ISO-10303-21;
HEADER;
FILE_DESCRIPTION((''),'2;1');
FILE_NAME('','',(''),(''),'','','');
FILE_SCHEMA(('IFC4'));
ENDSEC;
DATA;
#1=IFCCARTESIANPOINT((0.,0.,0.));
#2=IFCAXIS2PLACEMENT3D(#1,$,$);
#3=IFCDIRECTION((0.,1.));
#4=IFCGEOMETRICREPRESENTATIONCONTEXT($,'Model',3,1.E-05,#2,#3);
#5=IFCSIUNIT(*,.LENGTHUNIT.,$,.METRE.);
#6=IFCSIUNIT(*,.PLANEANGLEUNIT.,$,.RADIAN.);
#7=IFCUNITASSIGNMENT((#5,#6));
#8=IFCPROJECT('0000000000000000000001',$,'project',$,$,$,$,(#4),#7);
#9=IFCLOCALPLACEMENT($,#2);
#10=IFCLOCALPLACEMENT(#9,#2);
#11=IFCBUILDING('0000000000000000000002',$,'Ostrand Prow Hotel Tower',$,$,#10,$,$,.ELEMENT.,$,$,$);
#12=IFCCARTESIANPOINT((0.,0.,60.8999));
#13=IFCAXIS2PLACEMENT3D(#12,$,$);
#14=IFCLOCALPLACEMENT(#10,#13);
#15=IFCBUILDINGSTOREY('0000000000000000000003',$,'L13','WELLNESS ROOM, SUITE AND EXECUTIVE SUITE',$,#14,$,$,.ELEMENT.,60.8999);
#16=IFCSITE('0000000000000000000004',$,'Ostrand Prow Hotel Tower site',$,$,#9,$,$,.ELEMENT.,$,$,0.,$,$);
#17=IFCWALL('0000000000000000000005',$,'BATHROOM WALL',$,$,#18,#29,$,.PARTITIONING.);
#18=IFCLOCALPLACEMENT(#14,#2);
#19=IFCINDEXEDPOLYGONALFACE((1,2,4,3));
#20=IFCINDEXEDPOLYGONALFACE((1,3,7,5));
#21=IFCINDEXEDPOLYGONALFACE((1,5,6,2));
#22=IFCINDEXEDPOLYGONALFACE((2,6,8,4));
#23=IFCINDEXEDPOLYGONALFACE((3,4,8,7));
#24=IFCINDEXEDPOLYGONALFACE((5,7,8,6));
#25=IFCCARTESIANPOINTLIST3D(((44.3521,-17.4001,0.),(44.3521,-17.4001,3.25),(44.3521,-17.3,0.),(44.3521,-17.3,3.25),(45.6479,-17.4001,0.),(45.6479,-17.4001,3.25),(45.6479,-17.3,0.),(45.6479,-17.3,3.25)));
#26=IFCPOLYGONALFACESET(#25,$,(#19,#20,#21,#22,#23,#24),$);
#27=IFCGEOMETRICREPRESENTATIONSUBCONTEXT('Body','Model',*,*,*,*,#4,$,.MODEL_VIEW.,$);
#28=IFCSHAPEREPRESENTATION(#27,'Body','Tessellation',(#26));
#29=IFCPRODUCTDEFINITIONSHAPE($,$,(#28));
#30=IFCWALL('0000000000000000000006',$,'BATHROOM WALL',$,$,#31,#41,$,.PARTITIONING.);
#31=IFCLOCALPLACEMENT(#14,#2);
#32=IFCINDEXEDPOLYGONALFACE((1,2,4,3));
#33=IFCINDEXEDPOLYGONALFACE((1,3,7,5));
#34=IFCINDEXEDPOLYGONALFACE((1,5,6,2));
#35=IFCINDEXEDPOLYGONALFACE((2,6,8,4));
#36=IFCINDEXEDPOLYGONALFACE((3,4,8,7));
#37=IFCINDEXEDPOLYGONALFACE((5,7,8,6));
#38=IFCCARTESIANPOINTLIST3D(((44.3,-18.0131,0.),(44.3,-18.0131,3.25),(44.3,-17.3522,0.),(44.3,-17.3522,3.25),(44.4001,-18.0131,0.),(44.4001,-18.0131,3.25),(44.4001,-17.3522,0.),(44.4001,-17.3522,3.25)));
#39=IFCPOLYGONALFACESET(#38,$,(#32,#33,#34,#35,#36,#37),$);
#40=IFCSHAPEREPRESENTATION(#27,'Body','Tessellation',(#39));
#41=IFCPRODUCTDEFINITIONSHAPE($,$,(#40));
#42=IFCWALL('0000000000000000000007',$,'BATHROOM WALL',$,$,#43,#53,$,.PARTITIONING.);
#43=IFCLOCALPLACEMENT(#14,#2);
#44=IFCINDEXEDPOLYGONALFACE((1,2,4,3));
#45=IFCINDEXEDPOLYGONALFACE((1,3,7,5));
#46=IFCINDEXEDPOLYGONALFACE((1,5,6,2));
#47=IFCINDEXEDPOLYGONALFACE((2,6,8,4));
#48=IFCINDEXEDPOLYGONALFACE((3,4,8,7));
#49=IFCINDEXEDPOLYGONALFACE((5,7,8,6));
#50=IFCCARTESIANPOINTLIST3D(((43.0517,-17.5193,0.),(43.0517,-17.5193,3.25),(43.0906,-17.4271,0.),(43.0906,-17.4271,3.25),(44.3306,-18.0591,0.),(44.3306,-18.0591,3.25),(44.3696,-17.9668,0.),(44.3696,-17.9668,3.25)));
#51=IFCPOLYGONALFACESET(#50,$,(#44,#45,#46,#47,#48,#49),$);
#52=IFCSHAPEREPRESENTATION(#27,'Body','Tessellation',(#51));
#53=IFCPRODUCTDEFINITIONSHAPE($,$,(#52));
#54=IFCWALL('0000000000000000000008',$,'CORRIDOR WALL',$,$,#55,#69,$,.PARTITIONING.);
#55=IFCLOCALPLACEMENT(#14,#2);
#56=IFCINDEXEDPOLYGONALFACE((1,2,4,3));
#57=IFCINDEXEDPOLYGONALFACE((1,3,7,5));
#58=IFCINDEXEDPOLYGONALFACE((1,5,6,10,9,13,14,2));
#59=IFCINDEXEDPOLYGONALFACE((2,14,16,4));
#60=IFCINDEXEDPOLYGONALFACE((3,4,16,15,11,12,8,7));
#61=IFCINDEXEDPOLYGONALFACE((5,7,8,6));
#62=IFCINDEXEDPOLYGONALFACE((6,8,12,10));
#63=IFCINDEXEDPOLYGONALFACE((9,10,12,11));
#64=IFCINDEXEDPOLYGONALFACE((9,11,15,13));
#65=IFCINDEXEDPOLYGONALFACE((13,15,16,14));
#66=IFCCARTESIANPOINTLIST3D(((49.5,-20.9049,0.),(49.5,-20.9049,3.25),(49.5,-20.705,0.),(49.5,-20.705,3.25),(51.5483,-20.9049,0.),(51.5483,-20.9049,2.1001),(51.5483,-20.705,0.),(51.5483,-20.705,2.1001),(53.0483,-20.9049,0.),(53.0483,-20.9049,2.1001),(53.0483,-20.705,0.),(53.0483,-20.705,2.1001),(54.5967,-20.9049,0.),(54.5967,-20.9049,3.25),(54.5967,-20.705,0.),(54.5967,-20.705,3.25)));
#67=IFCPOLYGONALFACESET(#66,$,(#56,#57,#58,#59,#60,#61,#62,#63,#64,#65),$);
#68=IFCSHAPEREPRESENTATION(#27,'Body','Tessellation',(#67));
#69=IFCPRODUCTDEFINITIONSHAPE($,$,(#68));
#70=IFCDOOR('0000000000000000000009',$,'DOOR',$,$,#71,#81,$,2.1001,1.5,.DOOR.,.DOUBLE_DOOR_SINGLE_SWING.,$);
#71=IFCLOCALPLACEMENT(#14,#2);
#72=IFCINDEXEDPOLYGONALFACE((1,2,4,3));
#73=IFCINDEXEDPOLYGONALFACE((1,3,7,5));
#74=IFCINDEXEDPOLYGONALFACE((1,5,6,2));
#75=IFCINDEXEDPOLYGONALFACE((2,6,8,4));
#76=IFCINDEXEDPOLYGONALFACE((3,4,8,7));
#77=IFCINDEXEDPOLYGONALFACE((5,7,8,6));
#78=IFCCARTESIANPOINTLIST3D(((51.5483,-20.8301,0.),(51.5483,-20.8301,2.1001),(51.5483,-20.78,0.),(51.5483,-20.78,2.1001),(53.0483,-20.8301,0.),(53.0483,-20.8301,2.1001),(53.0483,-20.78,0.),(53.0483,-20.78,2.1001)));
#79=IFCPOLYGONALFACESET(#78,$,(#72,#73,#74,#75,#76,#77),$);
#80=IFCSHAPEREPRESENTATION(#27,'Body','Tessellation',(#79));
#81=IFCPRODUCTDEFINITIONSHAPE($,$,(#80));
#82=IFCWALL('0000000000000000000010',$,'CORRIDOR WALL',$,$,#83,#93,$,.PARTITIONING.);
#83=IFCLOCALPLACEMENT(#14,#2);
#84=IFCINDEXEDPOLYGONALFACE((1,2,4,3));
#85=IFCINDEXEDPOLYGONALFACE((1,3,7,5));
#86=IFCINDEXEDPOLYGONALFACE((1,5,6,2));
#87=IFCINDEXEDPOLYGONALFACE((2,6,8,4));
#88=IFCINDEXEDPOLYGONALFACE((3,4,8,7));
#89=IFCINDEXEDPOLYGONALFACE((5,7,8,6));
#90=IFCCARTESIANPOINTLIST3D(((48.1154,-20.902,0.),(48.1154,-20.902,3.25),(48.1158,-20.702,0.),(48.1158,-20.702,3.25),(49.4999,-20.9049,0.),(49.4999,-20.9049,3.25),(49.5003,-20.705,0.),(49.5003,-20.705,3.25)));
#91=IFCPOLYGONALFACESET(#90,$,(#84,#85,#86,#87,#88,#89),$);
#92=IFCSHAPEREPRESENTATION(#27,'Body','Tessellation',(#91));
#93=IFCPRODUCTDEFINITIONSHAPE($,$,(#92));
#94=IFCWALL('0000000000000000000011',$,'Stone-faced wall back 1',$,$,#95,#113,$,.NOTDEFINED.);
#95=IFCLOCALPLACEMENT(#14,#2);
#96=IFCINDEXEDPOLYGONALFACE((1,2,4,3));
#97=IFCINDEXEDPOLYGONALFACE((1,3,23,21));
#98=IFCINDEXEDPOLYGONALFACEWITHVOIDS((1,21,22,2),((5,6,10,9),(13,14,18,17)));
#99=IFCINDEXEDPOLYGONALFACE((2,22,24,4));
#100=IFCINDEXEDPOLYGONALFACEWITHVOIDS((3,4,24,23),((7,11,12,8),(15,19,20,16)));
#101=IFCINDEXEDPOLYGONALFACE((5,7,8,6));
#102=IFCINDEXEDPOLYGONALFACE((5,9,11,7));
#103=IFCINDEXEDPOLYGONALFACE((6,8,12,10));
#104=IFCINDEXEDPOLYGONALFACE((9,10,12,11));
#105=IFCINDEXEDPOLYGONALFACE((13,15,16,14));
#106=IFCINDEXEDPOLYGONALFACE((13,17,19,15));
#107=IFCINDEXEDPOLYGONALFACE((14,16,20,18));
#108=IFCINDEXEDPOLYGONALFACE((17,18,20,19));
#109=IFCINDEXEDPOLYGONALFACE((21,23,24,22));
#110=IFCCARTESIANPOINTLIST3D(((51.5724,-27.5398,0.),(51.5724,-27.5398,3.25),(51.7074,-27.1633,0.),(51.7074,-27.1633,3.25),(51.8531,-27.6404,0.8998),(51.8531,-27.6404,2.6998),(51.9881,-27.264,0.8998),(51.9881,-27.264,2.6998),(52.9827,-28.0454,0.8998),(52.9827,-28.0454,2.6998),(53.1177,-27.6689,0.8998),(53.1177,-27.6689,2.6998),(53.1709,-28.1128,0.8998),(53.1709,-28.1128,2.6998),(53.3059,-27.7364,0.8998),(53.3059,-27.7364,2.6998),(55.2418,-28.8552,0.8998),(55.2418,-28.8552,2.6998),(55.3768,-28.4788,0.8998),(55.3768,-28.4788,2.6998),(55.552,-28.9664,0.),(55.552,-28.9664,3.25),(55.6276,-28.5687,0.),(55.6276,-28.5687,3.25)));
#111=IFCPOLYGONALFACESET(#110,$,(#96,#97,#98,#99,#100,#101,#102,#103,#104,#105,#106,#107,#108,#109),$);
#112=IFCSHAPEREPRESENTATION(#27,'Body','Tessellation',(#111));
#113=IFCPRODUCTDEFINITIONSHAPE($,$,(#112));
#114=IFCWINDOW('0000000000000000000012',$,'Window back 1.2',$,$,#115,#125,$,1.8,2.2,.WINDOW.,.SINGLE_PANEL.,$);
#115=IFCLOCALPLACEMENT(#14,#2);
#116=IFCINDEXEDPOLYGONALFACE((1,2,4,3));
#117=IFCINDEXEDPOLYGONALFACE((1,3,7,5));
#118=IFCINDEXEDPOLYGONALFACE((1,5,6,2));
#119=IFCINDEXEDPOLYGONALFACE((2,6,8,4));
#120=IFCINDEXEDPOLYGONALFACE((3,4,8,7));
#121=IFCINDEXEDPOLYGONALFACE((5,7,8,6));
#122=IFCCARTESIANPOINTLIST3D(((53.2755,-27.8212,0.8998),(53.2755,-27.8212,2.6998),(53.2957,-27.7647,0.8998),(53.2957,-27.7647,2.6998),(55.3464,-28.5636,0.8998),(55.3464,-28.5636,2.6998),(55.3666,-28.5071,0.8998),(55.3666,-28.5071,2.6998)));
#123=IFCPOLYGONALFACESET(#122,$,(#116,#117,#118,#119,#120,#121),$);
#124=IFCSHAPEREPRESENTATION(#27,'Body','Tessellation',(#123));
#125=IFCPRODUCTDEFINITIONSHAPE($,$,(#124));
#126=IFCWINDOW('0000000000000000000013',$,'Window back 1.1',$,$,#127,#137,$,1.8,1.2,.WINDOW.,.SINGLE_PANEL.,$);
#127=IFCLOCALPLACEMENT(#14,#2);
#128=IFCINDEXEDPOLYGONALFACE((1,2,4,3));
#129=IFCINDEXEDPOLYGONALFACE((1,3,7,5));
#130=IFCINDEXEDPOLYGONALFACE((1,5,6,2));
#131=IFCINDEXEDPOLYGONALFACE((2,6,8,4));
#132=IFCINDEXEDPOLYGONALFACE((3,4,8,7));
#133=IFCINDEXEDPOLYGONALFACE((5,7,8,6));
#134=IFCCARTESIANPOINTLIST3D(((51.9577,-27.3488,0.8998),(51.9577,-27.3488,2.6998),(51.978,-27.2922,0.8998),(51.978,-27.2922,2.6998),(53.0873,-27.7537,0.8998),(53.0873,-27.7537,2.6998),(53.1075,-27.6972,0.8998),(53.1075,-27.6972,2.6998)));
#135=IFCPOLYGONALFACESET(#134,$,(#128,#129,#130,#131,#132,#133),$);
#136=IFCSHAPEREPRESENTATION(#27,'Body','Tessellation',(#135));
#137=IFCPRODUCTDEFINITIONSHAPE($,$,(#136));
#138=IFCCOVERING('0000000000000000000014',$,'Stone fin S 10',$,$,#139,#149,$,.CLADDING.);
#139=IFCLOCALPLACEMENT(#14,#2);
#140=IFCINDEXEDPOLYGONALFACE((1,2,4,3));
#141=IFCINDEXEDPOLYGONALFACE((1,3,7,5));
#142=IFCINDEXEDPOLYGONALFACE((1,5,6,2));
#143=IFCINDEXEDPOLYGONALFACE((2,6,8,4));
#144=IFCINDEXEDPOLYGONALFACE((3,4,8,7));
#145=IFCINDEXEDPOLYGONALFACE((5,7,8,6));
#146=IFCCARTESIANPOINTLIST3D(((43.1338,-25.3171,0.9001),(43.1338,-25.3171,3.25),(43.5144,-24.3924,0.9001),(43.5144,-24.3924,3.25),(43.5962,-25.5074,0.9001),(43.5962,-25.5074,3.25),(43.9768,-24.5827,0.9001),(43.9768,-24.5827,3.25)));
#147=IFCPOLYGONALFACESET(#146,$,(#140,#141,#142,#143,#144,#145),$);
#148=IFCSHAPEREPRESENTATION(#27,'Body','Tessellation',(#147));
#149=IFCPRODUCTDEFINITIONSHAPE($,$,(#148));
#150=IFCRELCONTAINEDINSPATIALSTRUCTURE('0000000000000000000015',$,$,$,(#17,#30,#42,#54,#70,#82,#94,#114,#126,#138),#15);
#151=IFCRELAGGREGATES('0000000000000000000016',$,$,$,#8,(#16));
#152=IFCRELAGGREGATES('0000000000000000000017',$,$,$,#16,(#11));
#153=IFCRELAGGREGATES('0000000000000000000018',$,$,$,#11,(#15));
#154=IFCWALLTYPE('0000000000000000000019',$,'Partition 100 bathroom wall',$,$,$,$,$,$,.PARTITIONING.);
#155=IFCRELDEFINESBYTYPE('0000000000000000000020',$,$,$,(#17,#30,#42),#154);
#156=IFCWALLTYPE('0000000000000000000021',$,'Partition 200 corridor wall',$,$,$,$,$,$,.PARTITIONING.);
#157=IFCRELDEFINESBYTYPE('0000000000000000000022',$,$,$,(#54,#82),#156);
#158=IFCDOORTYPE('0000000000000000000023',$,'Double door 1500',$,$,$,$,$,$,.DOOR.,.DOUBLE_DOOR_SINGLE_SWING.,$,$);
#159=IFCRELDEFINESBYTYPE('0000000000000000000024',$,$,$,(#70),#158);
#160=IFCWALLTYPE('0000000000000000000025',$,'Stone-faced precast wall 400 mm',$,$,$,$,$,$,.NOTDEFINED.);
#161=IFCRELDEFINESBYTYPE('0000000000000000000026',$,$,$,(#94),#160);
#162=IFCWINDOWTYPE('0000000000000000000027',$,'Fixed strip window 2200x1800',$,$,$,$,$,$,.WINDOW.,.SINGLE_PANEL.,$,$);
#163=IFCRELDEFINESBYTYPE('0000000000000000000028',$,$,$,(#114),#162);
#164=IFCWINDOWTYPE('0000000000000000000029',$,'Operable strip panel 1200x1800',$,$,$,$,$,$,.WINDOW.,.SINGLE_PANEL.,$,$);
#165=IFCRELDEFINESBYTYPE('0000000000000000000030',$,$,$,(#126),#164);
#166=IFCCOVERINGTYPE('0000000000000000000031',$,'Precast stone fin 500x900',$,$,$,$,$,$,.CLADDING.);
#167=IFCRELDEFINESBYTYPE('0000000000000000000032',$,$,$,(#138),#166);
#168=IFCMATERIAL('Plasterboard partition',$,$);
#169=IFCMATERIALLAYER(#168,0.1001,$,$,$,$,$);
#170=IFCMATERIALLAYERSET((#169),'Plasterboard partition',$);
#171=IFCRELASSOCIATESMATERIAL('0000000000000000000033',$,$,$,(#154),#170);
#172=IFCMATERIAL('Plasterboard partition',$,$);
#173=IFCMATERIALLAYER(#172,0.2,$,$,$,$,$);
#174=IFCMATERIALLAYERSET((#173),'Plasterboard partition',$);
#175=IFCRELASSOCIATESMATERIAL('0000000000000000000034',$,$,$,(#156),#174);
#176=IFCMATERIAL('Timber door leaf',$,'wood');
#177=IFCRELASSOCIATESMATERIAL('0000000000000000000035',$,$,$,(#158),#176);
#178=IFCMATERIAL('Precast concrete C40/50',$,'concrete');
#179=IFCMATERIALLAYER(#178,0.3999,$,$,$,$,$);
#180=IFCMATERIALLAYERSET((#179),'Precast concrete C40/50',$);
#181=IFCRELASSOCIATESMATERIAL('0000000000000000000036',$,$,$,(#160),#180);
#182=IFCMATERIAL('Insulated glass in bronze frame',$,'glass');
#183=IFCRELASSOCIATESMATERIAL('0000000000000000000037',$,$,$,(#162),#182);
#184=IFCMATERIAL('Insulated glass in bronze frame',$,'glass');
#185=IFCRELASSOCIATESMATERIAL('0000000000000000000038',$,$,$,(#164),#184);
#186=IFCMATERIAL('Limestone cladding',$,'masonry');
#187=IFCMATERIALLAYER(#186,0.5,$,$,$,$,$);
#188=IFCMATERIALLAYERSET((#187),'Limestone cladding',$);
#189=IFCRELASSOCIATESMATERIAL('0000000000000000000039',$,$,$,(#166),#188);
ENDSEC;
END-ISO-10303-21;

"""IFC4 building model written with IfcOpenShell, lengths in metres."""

from ifc_helpers import new_model, si_unit, direction, frame, frame_2d, origin, place, context, subcontext, project, spatial, polyline, rectangle, outline, extrude, material, layer, layer_set, type_object, element, fill, save


model = new_model("IFC4")

# Units and contexts
model_context = context("Model", 3, precision=1e-05, world=origin(), true_north=direction((0.0, 1.0)))
body_context = subcontext(model_context, "Body", "Model", "MODEL_VIEW")
ifc_project = project(units=[si_unit("LENGTHUNIT", "METRE"), si_unit("PLANEANGLEUNIT", "RADIAN")], contexts=[model_context])

# Site, building, storey
site_placement = place(None, origin())
site = spatial("IfcSite", under=ifc_project, at=site_placement, Name="Ostrand Prow Hotel Tower site", CompositionType="ELEMENT", RefElevation=0.0)
building_placement = place(site_placement, origin())
building = spatial("IfcBuilding", under=site, at=building_placement, Name="Ostrand Prow Hotel Tower", CompositionType="ELEMENT")
storey_placement = place(building_placement, frame((0.0, 0.0, 60.8999)))
storey = spatial("IfcBuildingStorey", under=building, at=storey_placement, Name="L13", Description="WELLNESS ROOM, SUITE AND EXECUTIVE SUITE", CompositionType="ELEMENT", Elevation=60.8999)

# Walls
ifc_material_1 = material(Name="Plasterboard partition")
ifc_layer_1 = layer(ifc_material_1, 0.1001)
ifc_layer_set_1 = layer_set([ifc_layer_1], Name="Plasterboard partition")
wall_type_1 = type_object("IfcWallType", Name="Partition 100 bathroom wall", PredefinedType="PARTITIONING", material=ifc_layer_set_1)
wall_1_placement = place(storey_placement, frame((45.6479, -17.3501, 0.0), z_axis=(0.0, 0.0, 1.0), x_axis=(-1.0, 0.0, 0.0)))
element("IfcWall", 1, at=wall_1_placement, inside=storey, type_object=wall_type_1, Name="BATHROOM WALL", PredefinedType="PARTITIONING", context=body_context, shape_type="SweptSolid", body=[
    extrude(rectangle(XDim=1.2959, YDim=0.1001, at=frame_2d((0.6479, 0.0))), origin(), (0.0, 0.0, 1.0), 3.25),
])
wall_2_placement = place(storey_placement, frame((44.3501, -17.3521, 0.0), z_axis=(0.0, 0.0, 1.0), x_axis=(0.0, -1.0, 0.0)))
element("IfcWall", 2, at=wall_2_placement, inside=storey, type_object=wall_type_1, Name="BATHROOM WALL", PredefinedType="PARTITIONING", context=body_context, shape_type="SweptSolid", body=[
    extrude(rectangle(XDim=0.6609, YDim=0.1001, at=frame_2d((0.3306, 0.0))), origin(), (0.0, 0.0, 1.0), 3.25),
])
wall_3_placement = place(storey_placement, frame((44.3501, -18.0129, 0.0), z_axis=(0.0, 0.0, 1.0), x_axis=(-0.921314, 0.388819, 0.0)))
element("IfcWall", 3, at=wall_3_placement, inside=storey, type_object=wall_type_1, Name="BATHROOM WALL", PredefinedType="PARTITIONING", context=body_context, shape_type="SweptSolid", body=[
    extrude(rectangle(XDim=1.3882, YDim=0.1001, at=frame_2d((0.6941, 0.0))), origin(), (0.0, 0.0, 1.0), 3.25),
])

# Wall, opening, door
ifc_material_2 = material(Name="Plasterboard partition")
ifc_layer_2 = layer(ifc_material_2, 0.2)
ifc_layer_set_2 = layer_set([ifc_layer_2], Name="Plasterboard partition")
wall_type_2 = type_object("IfcWallType", Name="Partition 200 corridor wall", PredefinedType="PARTITIONING", material=ifc_layer_set_2)
wall_4_placement = place(storey_placement, frame((49.5, -20.8049, 0.0), z_axis=(0.0, 0.0, 1.0), x_axis=(1.0, 0.0, 0.0)))
wall_4 = element("IfcWall", 4, at=wall_4_placement, inside=storey, type_object=wall_type_2, Name="CORRIDOR WALL", PredefinedType="PARTITIONING", context=body_context, shape_type="SweptSolid", body=[
    extrude(rectangle(XDim=5.0967, YDim=0.2, at=frame_2d((2.5483, 0.0))), origin(), (0.0, 0.0, 1.0), 3.25),
])
opening_1_placement = place(wall_4_placement, frame((2.0483, 0.0, 0.0)))
opening_1 = element("IfcOpeningElement", 5, at=opening_1_placement, cuts=wall_4, PredefinedType="OPENING", context=body_context, shape_type="SweptSolid", body=[
    extrude(rectangle(XDim=1.5, YDim=2.1001, at=frame_2d((0.75, 1.05))), frame((0.0, 0.1099, 0.0), z_axis=(0.0, -1.0, 0.0), x_axis=(1.0, 0.0, 0.0)), (0.0, 0.0, 1.0), 0.22),
])
ifc_material_3 = material(Name="Timber door leaf", Category="wood")
door_type = type_object("IfcDoorType", Name="Double door 1500", OperationType="DOUBLE_DOOR_SINGLE_SWING", PredefinedType="DOOR", material=ifc_material_3)
door_placement = place(opening_1_placement, origin())
door = element("IfcDoor", 6, at=door_placement, inside=storey, type_object=door_type, Name="DOOR", OperationType="DOUBLE_DOOR_SINGLE_SWING", OverallHeight=2.1001, OverallWidth=1.5, PredefinedType="DOOR", context=body_context, shape_type="SweptSolid", body=[
    extrude(rectangle(XDim=1.5, YDim=2.1001, at=frame_2d((0.75, 1.05))), frame((0.0, 0.0249, 0.0), z_axis=(0.0, -1.0, 0.0), x_axis=(1.0, 0.0, 0.0)), (0.0, 0.0, 1.0), 0.05),
])
fill(opening_1, door)

# Wall
wall_5_placement = place(storey_placement, frame((48.1155, -20.802, 0.0), z_axis=(0.0, 0.0, 1.0), x_axis=(0.999998, -0.002116, 0.0)))
element("IfcWall", 7, at=wall_5_placement, inside=storey, type_object=wall_type_2, Name="CORRIDOR WALL", PredefinedType="PARTITIONING", context=body_context, shape_type="SweptSolid", body=[
    extrude(rectangle(XDim=1.3845, YDim=0.2, at=frame_2d((0.6924, 0.0))), origin(), (0.0, 0.0, 1.0), 3.25),
])

# Wall, openings, windows
ifc_material_4 = material(Name="Precast concrete C40/50", Category="concrete")
ifc_layer_3 = layer(ifc_material_4, 0.3999)
ifc_layer_set_3 = layer_set([ifc_layer_3], Name="Precast concrete C40/50")
wall_type_3 = type_object("IfcWallType", Name="Stone-faced precast wall 400 mm", PredefinedType="NOTDEFINED", material=ifc_layer_set_3)
wall_6_placement = place(storey_placement, frame((51.6399, -27.3516, 0.0), z_axis=(0.0, 0.0, 1.0), x_axis=(0.94134, -0.33746, 0.0)))
wall_6 = element("IfcWall", 8, at=wall_6_placement, inside=storey, type_object=wall_type_3, Name="Stone-faced wall back 1", PredefinedType="NOTDEFINED", context=body_context, shape_type="SweptSolid", body=[
    extrude(outline(polyline([(0.0, -0.2), (4.2275, -0.2), (4.1646, 0.2), (0.0, 0.2), (0.0, -0.2)])), origin(), (0.0, 0.0, 1.0), 3.25),
])
opening_2_placement = place(wall_6_placement, frame((0.2981, 0.0, 0.8999)))
opening_2 = element("IfcOpeningElement", 9, at=opening_2_placement, cuts=wall_6, PredefinedType="OPENING", context=body_context, shape_type="SweptSolid", body=[
    extrude(rectangle(XDim=1.2, YDim=1.8, at=frame_2d((0.6001, 0.8999))), frame((0.0, 0.21, 0.0), z_axis=(0.0, -1.0, 0.0), x_axis=(1.0, 0.0, 0.0)), (0.0, 0.0, 1.0), 0.4199),
])
opening_3_placement = place(wall_6_placement, frame((1.698, 0.0, 0.8999)))
opening_3 = element("IfcOpeningElement", 10, at=opening_3_placement, cuts=wall_6, PredefinedType="OPENING", context=body_context, shape_type="SweptSolid", body=[
    extrude(rectangle(XDim=2.2, YDim=1.8, at=frame_2d((1.1001, 0.8999))), frame((0.0, 0.21, 0.0), z_axis=(0.0, -1.0, 0.0), x_axis=(1.0, 0.0, 0.0)), (0.0, 0.0, 1.0), 0.4199),
])
ifc_material_5 = material(Name="Insulated glass in bronze frame", Category="glass")
window_type_1 = type_object("IfcWindowType", Name="Fixed strip window 2200x1800", PartitioningType="SINGLE_PANEL", PredefinedType="WINDOW", material=ifc_material_5)
window_1_placement = place(opening_3_placement, origin())
window_1 = element("IfcWindow", 11, at=window_1_placement, inside=storey, type_object=window_type_1, Name="Window back 1.2", OverallHeight=1.8, OverallWidth=2.2, PartitioningType="SINGLE_PANEL", PredefinedType="WINDOW", context=body_context, shape_type="SweptSolid", body=[
    extrude(rectangle(XDim=2.2, YDim=1.8, at=frame_2d((1.1001, 0.8999))), frame((0.0, 0.1699, 0.0), z_axis=(0.0, -1.0, 0.0), x_axis=(1.0, 0.0, 0.0)), (0.0, 0.0, 1.0), 0.0601),
])
fill(opening_3, window_1)
ifc_material_6 = material(Name="Insulated glass in bronze frame", Category="glass")
window_type_2 = type_object("IfcWindowType", Name="Operable strip panel 1200x1800", PartitioningType="SINGLE_PANEL", PredefinedType="WINDOW", material=ifc_material_6)
window_2_placement = place(opening_2_placement, origin())
window_2 = element("IfcWindow", 12, at=window_2_placement, inside=storey, type_object=window_type_2, Name="Window back 1.1", OverallHeight=1.8, OverallWidth=1.2, PartitioningType="SINGLE_PANEL", PredefinedType="WINDOW", context=body_context, shape_type="SweptSolid", body=[
    extrude(rectangle(XDim=1.2, YDim=1.8, at=frame_2d((0.6001, 0.8999))), frame((0.0, 0.1699, 0.0), z_axis=(0.0, -1.0, 0.0), x_axis=(1.0, 0.0, 0.0)), (0.0, 0.0, 1.0), 0.0601),
])
fill(opening_2, window_2)

# Covering
ifc_material_7 = material(Name="Limestone cladding", Category="masonry")
ifc_layer_4 = layer(ifc_material_7, 0.5)
ifc_layer_set_4 = layer_set([ifc_layer_4], Name="Limestone cladding")
covering_type = type_object("IfcCoveringType", Name="Precast stone fin 500x900", PredefinedType="CLADDING", material=ifc_layer_set_4)
covering_placement = place(storey_placement, frame((43.7456, -24.4875, 0.9001), z_axis=(0.0, 0.0, 1.0), x_axis=(-0.38059, -0.924744, 0.0)))
element("IfcCovering", 13, at=covering_placement, inside=storey, type_object=covering_type, Name="Stone fin S 10", PredefinedType="CLADDING", context=body_context, shape_type="SweptSolid", body=[
    extrude(rectangle(XDim=1.0, YDim=0.5, at=frame_2d((0.5, 0.0))), origin(), (0.0, 0.0, 1.0), 2.3499),
])

save(model, "model.ifc")
